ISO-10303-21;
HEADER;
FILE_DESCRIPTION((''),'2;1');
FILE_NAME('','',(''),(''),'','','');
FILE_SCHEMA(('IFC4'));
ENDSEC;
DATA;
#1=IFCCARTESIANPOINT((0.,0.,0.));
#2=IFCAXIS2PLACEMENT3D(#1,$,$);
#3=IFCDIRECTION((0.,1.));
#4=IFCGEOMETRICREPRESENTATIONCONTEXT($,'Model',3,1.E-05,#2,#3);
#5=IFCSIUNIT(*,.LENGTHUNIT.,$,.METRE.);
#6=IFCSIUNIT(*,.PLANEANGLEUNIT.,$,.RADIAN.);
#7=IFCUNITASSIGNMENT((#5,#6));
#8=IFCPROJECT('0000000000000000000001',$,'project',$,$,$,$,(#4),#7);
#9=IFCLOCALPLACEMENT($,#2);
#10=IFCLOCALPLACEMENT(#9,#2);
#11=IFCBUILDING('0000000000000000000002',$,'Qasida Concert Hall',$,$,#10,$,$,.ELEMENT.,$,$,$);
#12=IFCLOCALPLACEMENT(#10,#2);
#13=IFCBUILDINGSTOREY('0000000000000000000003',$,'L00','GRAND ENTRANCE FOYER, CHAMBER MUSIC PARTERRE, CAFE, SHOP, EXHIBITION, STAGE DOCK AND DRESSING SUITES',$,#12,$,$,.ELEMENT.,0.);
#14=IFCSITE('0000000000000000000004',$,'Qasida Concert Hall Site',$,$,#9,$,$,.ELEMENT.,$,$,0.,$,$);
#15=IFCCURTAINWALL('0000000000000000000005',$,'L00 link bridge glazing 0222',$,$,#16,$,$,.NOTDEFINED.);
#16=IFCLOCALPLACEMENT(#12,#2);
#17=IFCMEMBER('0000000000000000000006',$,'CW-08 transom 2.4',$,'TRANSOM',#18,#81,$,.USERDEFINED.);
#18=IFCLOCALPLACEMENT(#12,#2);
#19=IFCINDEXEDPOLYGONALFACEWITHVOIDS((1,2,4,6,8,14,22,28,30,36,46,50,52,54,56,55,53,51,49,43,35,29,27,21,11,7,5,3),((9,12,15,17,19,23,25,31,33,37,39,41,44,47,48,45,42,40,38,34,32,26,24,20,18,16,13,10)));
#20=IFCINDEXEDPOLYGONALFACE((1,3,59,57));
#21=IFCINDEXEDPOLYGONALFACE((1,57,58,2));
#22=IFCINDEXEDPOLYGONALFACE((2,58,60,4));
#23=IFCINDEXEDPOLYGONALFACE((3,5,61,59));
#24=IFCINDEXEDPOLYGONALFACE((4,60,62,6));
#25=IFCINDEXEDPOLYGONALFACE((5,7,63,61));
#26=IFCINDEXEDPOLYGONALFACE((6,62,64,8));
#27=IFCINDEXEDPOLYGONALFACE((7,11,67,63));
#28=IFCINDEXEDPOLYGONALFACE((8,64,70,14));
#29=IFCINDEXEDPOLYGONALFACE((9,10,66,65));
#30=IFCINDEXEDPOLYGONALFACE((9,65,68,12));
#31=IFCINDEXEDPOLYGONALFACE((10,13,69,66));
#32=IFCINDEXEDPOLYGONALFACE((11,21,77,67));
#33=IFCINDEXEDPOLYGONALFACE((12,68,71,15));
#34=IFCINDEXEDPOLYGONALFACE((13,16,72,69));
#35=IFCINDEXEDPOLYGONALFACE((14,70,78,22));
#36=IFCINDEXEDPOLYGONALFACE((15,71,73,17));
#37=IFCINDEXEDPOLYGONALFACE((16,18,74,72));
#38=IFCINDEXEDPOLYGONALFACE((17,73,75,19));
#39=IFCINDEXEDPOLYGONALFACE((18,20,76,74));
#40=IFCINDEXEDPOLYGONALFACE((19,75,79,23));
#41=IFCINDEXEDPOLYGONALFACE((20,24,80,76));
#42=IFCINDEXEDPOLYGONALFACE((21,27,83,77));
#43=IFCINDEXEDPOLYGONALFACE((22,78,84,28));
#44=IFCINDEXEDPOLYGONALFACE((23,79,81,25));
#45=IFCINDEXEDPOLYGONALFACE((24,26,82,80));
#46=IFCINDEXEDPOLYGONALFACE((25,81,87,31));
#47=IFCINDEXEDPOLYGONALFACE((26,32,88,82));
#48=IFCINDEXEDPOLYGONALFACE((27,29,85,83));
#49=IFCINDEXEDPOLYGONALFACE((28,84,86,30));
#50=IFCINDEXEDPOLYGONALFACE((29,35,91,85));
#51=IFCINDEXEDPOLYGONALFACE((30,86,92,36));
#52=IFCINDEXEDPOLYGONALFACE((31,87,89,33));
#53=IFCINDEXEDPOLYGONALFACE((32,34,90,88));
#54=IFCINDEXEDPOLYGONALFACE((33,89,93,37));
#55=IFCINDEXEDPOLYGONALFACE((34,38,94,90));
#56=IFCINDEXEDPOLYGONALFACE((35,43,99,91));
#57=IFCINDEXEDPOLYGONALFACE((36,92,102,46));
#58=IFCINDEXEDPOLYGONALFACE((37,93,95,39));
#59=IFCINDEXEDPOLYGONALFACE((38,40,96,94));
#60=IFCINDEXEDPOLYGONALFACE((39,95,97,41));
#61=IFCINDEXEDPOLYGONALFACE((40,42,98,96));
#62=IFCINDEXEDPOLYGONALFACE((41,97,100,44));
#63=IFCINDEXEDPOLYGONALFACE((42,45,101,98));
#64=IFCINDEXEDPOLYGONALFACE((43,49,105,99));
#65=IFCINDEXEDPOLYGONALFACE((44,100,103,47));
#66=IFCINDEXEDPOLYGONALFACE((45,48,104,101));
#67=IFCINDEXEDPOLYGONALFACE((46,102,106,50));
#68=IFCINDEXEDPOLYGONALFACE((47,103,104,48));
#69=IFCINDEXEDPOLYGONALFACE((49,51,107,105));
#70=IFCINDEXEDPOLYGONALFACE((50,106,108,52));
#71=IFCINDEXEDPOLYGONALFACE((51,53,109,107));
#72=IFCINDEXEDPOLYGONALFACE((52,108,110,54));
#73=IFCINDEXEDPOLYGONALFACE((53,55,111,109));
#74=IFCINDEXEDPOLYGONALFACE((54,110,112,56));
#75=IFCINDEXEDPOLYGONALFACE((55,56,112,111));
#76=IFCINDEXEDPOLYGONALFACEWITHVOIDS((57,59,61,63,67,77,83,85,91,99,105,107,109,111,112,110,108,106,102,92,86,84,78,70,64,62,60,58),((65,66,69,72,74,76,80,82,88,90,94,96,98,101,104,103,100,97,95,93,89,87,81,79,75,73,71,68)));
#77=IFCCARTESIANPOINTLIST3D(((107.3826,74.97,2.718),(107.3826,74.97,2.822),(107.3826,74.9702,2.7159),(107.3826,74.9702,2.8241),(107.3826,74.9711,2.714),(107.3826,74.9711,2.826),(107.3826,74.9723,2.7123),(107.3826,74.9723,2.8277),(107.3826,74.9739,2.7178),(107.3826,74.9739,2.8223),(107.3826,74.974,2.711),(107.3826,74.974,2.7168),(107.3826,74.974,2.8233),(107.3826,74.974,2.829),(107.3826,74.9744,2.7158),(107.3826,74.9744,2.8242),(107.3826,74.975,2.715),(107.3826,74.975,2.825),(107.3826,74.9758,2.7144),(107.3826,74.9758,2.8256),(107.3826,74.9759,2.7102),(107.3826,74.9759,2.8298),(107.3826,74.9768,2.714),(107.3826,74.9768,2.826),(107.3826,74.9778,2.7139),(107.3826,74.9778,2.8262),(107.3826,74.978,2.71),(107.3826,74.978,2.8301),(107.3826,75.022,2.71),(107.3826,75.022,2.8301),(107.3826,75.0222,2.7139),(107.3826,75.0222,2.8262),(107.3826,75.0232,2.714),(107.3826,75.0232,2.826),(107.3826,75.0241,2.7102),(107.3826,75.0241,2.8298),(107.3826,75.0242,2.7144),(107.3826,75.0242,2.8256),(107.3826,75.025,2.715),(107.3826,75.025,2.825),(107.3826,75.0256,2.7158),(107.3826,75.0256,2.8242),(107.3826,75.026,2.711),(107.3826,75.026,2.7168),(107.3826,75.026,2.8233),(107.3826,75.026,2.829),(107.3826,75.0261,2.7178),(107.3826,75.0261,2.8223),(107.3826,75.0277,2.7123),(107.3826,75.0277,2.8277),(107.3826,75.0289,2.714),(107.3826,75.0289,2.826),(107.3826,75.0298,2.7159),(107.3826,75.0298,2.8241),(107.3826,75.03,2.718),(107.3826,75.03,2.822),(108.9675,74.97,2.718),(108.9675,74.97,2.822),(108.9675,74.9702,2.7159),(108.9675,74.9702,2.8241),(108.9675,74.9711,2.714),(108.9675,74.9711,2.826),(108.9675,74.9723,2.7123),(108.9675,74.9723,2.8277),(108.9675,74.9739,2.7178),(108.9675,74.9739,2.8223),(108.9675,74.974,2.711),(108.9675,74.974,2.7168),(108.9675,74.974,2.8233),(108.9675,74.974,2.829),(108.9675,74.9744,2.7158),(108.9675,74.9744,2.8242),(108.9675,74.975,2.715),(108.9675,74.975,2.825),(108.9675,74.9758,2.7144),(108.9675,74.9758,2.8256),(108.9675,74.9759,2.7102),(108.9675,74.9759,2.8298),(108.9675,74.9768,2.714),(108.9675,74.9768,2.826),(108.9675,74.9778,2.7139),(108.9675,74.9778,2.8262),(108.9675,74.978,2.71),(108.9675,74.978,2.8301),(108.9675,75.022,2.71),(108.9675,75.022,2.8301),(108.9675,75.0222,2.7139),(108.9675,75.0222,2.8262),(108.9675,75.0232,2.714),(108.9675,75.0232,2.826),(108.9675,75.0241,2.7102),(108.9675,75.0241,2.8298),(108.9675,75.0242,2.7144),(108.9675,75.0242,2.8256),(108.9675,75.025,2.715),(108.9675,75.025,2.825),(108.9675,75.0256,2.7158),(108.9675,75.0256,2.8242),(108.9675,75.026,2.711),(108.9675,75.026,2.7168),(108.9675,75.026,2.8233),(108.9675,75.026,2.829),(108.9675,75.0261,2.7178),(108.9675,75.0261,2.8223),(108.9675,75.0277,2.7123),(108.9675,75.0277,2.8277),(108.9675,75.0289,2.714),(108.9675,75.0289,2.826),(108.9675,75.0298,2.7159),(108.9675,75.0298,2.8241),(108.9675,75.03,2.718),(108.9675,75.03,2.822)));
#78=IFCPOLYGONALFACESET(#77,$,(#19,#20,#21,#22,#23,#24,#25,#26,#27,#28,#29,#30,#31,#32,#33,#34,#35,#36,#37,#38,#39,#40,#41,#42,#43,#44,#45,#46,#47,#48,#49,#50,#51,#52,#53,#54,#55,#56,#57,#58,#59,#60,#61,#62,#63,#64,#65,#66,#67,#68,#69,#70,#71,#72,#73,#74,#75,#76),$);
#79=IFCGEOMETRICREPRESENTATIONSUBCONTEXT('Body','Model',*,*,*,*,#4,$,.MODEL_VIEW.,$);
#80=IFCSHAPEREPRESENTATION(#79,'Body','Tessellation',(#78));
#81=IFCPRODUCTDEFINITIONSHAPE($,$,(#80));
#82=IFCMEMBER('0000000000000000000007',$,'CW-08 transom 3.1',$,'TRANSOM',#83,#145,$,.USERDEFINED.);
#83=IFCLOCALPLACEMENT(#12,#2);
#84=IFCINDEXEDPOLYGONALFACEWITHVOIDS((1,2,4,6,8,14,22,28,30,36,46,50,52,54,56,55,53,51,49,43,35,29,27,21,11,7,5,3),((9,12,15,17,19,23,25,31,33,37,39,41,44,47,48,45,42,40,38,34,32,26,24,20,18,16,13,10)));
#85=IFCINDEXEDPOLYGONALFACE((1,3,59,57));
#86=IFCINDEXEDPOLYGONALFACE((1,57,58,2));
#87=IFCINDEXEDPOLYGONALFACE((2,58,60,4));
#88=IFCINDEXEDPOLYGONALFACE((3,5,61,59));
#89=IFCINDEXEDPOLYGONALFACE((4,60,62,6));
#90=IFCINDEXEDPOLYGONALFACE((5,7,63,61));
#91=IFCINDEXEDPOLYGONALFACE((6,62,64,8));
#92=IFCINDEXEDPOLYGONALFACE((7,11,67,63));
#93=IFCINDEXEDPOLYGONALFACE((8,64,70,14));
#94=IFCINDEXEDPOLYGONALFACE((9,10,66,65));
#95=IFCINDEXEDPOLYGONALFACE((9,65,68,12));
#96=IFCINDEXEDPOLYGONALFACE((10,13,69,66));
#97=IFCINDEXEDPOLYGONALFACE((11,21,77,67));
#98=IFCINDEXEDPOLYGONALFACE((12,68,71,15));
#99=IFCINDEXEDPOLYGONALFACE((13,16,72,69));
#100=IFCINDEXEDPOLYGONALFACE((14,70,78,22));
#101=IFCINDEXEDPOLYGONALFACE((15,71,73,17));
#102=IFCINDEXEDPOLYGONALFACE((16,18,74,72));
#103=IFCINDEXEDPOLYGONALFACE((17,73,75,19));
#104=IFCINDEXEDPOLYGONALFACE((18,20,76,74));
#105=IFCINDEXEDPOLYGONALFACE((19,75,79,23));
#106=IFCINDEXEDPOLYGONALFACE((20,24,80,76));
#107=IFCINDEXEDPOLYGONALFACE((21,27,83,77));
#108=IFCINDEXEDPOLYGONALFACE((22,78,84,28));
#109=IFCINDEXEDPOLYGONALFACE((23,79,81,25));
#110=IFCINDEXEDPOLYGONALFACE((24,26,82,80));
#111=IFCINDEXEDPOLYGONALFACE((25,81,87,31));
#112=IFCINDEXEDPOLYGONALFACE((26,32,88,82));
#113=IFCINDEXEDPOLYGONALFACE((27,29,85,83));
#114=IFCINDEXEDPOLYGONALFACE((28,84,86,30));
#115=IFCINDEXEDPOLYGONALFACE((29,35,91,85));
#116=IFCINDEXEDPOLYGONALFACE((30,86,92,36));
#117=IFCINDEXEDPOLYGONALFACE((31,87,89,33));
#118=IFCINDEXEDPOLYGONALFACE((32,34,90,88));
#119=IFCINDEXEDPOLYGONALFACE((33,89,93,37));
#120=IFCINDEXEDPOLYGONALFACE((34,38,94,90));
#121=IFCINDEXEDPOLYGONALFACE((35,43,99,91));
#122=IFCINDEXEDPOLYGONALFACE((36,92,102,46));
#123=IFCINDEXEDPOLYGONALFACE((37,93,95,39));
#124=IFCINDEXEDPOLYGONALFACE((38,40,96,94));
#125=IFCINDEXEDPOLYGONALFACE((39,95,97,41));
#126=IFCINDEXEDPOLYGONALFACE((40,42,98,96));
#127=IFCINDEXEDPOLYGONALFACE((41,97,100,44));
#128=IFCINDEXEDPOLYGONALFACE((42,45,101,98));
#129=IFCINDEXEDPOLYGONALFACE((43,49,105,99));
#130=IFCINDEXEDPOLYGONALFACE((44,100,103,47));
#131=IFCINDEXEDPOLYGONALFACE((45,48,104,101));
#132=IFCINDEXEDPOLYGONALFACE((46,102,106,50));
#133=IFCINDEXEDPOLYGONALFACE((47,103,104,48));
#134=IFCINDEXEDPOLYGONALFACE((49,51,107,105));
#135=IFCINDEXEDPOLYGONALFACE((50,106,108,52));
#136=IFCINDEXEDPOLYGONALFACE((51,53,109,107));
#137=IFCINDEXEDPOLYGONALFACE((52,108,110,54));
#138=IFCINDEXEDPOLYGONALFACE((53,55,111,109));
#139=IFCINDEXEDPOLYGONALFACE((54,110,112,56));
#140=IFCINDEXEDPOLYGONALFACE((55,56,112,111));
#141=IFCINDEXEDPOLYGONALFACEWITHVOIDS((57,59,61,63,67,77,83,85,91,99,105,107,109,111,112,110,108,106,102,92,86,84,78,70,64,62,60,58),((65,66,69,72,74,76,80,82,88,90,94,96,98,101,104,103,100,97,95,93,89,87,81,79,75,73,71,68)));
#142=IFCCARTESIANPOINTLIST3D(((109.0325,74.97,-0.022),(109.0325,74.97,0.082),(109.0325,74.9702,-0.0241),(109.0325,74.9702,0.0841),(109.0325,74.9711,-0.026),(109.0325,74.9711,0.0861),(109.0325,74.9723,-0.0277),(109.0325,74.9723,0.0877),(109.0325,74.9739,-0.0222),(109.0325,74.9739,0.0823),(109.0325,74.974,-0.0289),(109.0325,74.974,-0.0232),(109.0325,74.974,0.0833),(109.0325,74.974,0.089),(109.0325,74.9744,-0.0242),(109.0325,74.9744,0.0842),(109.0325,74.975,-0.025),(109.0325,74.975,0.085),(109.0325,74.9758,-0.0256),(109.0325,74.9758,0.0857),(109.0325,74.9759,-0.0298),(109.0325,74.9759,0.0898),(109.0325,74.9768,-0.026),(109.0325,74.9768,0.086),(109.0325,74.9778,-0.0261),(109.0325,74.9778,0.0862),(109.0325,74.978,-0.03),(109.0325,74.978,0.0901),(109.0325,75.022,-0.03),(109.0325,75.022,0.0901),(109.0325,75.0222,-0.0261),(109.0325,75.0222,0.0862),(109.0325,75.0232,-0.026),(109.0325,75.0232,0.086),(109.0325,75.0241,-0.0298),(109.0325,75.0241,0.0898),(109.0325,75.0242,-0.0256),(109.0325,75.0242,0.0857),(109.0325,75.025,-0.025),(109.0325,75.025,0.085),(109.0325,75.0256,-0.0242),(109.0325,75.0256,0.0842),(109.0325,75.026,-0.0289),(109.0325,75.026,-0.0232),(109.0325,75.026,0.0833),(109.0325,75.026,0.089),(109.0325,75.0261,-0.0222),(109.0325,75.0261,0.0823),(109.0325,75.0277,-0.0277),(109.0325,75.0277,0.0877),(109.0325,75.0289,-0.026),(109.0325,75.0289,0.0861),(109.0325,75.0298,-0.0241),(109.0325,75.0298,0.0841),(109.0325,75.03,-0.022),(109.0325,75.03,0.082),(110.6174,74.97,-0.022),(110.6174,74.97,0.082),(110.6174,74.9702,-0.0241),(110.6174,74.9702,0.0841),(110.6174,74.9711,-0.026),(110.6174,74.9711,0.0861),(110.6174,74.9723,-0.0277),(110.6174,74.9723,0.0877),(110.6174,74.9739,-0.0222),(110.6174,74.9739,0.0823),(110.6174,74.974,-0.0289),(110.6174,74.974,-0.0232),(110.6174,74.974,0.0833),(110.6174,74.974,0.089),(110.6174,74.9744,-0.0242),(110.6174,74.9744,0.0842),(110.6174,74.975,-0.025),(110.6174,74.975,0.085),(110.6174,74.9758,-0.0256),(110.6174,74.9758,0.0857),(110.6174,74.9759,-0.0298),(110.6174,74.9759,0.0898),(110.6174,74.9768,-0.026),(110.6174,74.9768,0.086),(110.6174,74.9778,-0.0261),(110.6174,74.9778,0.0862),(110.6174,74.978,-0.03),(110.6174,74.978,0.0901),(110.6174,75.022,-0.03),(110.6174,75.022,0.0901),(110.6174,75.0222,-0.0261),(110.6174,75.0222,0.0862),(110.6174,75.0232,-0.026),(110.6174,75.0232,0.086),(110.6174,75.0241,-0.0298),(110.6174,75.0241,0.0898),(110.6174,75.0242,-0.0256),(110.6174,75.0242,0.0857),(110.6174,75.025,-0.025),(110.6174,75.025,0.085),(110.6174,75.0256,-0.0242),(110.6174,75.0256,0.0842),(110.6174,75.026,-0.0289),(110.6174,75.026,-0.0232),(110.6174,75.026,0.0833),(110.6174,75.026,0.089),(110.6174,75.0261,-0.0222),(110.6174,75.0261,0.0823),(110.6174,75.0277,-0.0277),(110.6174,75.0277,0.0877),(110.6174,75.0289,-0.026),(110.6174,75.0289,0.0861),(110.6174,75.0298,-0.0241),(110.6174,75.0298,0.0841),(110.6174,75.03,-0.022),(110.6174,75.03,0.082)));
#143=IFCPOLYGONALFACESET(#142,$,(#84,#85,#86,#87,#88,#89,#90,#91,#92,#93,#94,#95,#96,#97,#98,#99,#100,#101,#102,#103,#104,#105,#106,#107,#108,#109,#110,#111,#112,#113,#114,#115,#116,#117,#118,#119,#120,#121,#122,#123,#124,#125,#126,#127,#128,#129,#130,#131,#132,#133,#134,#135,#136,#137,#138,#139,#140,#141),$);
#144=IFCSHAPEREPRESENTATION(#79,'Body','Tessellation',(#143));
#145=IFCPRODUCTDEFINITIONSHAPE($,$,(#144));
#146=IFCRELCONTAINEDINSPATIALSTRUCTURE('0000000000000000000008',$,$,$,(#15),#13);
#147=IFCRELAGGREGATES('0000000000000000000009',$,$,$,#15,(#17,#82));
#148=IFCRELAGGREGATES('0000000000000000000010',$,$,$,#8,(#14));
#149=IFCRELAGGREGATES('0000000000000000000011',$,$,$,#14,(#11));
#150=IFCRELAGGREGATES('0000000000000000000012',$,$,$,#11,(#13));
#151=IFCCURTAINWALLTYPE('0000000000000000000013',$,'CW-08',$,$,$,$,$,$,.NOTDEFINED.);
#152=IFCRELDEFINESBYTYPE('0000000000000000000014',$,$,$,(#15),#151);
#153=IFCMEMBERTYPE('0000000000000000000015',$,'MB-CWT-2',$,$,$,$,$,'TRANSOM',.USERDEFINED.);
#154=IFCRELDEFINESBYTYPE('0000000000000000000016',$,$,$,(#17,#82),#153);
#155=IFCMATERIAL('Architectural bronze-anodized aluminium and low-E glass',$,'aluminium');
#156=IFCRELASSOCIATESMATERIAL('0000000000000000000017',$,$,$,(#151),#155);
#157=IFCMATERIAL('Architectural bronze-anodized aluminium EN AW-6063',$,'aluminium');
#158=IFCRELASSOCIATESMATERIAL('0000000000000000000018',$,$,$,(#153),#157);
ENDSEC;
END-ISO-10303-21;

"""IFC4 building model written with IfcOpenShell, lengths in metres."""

from ifc_helpers import new_model, si_unit, direction, frame, origin, origin_2d, place, context, subcontext, project, spatial, hollow_rectangle, extrude, material, material_profile, profile_set, type_object, element, aggregate, save


model = new_model("IFC4")

# Units and contexts
model_context = context("Model", 3, precision=1e-05, world=origin(), true_north=direction((0.0, 1.0)))
body_context = subcontext(model_context, "Body", "Model", "MODEL_VIEW")
ifc_project = project(units=[si_unit("LENGTHUNIT", "METRE"), si_unit("PLANEANGLEUNIT", "RADIAN")], contexts=[model_context])

# Site, building, storey
site_placement = place(None, origin())
site = spatial("IfcSite", under=ifc_project, at=site_placement, Name="Qasida Concert Hall Site", CompositionType="ELEMENT", RefElevation=0.0)
building_placement = place(site_placement, origin())
building = spatial("IfcBuilding", under=site, at=building_placement, Name="Qasida Concert Hall", CompositionType="ELEMENT")
storey_placement = place(building_placement, origin())
storey = spatial("IfcBuildingStorey", under=building, at=storey_placement, Name="L00", Description="GRAND ENTRANCE FOYER, CHAMBER MUSIC PARTERRE, CAFE, SHOP, EXHIBITION, STAGE DOCK AND DRESSING SUITES", CompositionType="ELEMENT", Elevation=0.0)

# Curtain wall, members
ifc_material_1 = material(Name="Architectural bronze-anodized aluminium and low-E glass", Category="aluminium")
curtain_wall_type = type_object("IfcCurtainWallType", Name="CW-08", PredefinedType="NOTDEFINED", material=ifc_material_1)
curtain_wall_placement = place(storey_placement, origin())
curtain_wall = element("IfcCurtainWall", 1, at=curtain_wall_placement, inside=storey, type_object=curtain_wall_type, Name="L00 link bridge glazing 0222", PredefinedType="NOTDEFINED")
ifc_material_2 = material(Name="Architectural bronze-anodized aluminium EN AW-6063", Category="aluminium")
ifc_material_profile_1 = material_profile(ifc_material_2, hollow_rectangle(XDim=0.0601, YDim=0.1201, WallThickness=0.0039, InnerFilletRadius=0.0039, OuterFilletRadius=0.0081, at=origin_2d()), Name="CWT 120x60x4")
ifc_profile_set_1 = profile_set([ifc_material_profile_1], Name="Architectural bronze-anodized aluminium EN AW-6063")
member_type_1 = type_object("IfcMemberType", Name="MB-CWT-2", ElementType="TRANSOM", PredefinedType="USERDEFINED", material=ifc_profile_set_1)
member_1_placement = place(storey_placement, frame((107.3826, 75.0, 2.77), z_axis=(1.0, 0.0, 0.0), x_axis=(0.0, 1.0, 0.0)))
member_1 = element("IfcMember", 2, at=member_1_placement, type_object=member_type_1, Name="CW-08 transom 2.4", ObjectType="TRANSOM", PredefinedType="USERDEFINED", context=body_context, shape_type="SweptSolid", body=[
    extrude(hollow_rectangle(XDim=0.0601, YDim=0.1201, WallThickness=0.0039, InnerFilletRadius=0.0039, OuterFilletRadius=0.0081, at=origin_2d()), origin(), (0.0, 0.0, 1.0), 1.585),
])
member_2_placement = place(storey_placement, frame((109.0325, 75.0, 0.03), z_axis=(1.0, 0.0, 0.0), x_axis=(0.0, 1.0, 0.0)))
member_2 = element("IfcMember", 3, at=member_2_placement, type_object=member_type_1, Name="CW-08 transom 3.1", ObjectType="TRANSOM", PredefinedType="USERDEFINED", context=body_context, shape_type="SweptSolid", body=[
    extrude(hollow_rectangle(XDim=0.0601, YDim=0.1201, WallThickness=0.0039, InnerFilletRadius=0.0039, OuterFilletRadius=0.0081, at=origin_2d()), origin(), (0.0, 0.0, 1.0), 1.585),
])
aggregate(curtain_wall, [member_1, member_2])

save(model, "model.ifc")
